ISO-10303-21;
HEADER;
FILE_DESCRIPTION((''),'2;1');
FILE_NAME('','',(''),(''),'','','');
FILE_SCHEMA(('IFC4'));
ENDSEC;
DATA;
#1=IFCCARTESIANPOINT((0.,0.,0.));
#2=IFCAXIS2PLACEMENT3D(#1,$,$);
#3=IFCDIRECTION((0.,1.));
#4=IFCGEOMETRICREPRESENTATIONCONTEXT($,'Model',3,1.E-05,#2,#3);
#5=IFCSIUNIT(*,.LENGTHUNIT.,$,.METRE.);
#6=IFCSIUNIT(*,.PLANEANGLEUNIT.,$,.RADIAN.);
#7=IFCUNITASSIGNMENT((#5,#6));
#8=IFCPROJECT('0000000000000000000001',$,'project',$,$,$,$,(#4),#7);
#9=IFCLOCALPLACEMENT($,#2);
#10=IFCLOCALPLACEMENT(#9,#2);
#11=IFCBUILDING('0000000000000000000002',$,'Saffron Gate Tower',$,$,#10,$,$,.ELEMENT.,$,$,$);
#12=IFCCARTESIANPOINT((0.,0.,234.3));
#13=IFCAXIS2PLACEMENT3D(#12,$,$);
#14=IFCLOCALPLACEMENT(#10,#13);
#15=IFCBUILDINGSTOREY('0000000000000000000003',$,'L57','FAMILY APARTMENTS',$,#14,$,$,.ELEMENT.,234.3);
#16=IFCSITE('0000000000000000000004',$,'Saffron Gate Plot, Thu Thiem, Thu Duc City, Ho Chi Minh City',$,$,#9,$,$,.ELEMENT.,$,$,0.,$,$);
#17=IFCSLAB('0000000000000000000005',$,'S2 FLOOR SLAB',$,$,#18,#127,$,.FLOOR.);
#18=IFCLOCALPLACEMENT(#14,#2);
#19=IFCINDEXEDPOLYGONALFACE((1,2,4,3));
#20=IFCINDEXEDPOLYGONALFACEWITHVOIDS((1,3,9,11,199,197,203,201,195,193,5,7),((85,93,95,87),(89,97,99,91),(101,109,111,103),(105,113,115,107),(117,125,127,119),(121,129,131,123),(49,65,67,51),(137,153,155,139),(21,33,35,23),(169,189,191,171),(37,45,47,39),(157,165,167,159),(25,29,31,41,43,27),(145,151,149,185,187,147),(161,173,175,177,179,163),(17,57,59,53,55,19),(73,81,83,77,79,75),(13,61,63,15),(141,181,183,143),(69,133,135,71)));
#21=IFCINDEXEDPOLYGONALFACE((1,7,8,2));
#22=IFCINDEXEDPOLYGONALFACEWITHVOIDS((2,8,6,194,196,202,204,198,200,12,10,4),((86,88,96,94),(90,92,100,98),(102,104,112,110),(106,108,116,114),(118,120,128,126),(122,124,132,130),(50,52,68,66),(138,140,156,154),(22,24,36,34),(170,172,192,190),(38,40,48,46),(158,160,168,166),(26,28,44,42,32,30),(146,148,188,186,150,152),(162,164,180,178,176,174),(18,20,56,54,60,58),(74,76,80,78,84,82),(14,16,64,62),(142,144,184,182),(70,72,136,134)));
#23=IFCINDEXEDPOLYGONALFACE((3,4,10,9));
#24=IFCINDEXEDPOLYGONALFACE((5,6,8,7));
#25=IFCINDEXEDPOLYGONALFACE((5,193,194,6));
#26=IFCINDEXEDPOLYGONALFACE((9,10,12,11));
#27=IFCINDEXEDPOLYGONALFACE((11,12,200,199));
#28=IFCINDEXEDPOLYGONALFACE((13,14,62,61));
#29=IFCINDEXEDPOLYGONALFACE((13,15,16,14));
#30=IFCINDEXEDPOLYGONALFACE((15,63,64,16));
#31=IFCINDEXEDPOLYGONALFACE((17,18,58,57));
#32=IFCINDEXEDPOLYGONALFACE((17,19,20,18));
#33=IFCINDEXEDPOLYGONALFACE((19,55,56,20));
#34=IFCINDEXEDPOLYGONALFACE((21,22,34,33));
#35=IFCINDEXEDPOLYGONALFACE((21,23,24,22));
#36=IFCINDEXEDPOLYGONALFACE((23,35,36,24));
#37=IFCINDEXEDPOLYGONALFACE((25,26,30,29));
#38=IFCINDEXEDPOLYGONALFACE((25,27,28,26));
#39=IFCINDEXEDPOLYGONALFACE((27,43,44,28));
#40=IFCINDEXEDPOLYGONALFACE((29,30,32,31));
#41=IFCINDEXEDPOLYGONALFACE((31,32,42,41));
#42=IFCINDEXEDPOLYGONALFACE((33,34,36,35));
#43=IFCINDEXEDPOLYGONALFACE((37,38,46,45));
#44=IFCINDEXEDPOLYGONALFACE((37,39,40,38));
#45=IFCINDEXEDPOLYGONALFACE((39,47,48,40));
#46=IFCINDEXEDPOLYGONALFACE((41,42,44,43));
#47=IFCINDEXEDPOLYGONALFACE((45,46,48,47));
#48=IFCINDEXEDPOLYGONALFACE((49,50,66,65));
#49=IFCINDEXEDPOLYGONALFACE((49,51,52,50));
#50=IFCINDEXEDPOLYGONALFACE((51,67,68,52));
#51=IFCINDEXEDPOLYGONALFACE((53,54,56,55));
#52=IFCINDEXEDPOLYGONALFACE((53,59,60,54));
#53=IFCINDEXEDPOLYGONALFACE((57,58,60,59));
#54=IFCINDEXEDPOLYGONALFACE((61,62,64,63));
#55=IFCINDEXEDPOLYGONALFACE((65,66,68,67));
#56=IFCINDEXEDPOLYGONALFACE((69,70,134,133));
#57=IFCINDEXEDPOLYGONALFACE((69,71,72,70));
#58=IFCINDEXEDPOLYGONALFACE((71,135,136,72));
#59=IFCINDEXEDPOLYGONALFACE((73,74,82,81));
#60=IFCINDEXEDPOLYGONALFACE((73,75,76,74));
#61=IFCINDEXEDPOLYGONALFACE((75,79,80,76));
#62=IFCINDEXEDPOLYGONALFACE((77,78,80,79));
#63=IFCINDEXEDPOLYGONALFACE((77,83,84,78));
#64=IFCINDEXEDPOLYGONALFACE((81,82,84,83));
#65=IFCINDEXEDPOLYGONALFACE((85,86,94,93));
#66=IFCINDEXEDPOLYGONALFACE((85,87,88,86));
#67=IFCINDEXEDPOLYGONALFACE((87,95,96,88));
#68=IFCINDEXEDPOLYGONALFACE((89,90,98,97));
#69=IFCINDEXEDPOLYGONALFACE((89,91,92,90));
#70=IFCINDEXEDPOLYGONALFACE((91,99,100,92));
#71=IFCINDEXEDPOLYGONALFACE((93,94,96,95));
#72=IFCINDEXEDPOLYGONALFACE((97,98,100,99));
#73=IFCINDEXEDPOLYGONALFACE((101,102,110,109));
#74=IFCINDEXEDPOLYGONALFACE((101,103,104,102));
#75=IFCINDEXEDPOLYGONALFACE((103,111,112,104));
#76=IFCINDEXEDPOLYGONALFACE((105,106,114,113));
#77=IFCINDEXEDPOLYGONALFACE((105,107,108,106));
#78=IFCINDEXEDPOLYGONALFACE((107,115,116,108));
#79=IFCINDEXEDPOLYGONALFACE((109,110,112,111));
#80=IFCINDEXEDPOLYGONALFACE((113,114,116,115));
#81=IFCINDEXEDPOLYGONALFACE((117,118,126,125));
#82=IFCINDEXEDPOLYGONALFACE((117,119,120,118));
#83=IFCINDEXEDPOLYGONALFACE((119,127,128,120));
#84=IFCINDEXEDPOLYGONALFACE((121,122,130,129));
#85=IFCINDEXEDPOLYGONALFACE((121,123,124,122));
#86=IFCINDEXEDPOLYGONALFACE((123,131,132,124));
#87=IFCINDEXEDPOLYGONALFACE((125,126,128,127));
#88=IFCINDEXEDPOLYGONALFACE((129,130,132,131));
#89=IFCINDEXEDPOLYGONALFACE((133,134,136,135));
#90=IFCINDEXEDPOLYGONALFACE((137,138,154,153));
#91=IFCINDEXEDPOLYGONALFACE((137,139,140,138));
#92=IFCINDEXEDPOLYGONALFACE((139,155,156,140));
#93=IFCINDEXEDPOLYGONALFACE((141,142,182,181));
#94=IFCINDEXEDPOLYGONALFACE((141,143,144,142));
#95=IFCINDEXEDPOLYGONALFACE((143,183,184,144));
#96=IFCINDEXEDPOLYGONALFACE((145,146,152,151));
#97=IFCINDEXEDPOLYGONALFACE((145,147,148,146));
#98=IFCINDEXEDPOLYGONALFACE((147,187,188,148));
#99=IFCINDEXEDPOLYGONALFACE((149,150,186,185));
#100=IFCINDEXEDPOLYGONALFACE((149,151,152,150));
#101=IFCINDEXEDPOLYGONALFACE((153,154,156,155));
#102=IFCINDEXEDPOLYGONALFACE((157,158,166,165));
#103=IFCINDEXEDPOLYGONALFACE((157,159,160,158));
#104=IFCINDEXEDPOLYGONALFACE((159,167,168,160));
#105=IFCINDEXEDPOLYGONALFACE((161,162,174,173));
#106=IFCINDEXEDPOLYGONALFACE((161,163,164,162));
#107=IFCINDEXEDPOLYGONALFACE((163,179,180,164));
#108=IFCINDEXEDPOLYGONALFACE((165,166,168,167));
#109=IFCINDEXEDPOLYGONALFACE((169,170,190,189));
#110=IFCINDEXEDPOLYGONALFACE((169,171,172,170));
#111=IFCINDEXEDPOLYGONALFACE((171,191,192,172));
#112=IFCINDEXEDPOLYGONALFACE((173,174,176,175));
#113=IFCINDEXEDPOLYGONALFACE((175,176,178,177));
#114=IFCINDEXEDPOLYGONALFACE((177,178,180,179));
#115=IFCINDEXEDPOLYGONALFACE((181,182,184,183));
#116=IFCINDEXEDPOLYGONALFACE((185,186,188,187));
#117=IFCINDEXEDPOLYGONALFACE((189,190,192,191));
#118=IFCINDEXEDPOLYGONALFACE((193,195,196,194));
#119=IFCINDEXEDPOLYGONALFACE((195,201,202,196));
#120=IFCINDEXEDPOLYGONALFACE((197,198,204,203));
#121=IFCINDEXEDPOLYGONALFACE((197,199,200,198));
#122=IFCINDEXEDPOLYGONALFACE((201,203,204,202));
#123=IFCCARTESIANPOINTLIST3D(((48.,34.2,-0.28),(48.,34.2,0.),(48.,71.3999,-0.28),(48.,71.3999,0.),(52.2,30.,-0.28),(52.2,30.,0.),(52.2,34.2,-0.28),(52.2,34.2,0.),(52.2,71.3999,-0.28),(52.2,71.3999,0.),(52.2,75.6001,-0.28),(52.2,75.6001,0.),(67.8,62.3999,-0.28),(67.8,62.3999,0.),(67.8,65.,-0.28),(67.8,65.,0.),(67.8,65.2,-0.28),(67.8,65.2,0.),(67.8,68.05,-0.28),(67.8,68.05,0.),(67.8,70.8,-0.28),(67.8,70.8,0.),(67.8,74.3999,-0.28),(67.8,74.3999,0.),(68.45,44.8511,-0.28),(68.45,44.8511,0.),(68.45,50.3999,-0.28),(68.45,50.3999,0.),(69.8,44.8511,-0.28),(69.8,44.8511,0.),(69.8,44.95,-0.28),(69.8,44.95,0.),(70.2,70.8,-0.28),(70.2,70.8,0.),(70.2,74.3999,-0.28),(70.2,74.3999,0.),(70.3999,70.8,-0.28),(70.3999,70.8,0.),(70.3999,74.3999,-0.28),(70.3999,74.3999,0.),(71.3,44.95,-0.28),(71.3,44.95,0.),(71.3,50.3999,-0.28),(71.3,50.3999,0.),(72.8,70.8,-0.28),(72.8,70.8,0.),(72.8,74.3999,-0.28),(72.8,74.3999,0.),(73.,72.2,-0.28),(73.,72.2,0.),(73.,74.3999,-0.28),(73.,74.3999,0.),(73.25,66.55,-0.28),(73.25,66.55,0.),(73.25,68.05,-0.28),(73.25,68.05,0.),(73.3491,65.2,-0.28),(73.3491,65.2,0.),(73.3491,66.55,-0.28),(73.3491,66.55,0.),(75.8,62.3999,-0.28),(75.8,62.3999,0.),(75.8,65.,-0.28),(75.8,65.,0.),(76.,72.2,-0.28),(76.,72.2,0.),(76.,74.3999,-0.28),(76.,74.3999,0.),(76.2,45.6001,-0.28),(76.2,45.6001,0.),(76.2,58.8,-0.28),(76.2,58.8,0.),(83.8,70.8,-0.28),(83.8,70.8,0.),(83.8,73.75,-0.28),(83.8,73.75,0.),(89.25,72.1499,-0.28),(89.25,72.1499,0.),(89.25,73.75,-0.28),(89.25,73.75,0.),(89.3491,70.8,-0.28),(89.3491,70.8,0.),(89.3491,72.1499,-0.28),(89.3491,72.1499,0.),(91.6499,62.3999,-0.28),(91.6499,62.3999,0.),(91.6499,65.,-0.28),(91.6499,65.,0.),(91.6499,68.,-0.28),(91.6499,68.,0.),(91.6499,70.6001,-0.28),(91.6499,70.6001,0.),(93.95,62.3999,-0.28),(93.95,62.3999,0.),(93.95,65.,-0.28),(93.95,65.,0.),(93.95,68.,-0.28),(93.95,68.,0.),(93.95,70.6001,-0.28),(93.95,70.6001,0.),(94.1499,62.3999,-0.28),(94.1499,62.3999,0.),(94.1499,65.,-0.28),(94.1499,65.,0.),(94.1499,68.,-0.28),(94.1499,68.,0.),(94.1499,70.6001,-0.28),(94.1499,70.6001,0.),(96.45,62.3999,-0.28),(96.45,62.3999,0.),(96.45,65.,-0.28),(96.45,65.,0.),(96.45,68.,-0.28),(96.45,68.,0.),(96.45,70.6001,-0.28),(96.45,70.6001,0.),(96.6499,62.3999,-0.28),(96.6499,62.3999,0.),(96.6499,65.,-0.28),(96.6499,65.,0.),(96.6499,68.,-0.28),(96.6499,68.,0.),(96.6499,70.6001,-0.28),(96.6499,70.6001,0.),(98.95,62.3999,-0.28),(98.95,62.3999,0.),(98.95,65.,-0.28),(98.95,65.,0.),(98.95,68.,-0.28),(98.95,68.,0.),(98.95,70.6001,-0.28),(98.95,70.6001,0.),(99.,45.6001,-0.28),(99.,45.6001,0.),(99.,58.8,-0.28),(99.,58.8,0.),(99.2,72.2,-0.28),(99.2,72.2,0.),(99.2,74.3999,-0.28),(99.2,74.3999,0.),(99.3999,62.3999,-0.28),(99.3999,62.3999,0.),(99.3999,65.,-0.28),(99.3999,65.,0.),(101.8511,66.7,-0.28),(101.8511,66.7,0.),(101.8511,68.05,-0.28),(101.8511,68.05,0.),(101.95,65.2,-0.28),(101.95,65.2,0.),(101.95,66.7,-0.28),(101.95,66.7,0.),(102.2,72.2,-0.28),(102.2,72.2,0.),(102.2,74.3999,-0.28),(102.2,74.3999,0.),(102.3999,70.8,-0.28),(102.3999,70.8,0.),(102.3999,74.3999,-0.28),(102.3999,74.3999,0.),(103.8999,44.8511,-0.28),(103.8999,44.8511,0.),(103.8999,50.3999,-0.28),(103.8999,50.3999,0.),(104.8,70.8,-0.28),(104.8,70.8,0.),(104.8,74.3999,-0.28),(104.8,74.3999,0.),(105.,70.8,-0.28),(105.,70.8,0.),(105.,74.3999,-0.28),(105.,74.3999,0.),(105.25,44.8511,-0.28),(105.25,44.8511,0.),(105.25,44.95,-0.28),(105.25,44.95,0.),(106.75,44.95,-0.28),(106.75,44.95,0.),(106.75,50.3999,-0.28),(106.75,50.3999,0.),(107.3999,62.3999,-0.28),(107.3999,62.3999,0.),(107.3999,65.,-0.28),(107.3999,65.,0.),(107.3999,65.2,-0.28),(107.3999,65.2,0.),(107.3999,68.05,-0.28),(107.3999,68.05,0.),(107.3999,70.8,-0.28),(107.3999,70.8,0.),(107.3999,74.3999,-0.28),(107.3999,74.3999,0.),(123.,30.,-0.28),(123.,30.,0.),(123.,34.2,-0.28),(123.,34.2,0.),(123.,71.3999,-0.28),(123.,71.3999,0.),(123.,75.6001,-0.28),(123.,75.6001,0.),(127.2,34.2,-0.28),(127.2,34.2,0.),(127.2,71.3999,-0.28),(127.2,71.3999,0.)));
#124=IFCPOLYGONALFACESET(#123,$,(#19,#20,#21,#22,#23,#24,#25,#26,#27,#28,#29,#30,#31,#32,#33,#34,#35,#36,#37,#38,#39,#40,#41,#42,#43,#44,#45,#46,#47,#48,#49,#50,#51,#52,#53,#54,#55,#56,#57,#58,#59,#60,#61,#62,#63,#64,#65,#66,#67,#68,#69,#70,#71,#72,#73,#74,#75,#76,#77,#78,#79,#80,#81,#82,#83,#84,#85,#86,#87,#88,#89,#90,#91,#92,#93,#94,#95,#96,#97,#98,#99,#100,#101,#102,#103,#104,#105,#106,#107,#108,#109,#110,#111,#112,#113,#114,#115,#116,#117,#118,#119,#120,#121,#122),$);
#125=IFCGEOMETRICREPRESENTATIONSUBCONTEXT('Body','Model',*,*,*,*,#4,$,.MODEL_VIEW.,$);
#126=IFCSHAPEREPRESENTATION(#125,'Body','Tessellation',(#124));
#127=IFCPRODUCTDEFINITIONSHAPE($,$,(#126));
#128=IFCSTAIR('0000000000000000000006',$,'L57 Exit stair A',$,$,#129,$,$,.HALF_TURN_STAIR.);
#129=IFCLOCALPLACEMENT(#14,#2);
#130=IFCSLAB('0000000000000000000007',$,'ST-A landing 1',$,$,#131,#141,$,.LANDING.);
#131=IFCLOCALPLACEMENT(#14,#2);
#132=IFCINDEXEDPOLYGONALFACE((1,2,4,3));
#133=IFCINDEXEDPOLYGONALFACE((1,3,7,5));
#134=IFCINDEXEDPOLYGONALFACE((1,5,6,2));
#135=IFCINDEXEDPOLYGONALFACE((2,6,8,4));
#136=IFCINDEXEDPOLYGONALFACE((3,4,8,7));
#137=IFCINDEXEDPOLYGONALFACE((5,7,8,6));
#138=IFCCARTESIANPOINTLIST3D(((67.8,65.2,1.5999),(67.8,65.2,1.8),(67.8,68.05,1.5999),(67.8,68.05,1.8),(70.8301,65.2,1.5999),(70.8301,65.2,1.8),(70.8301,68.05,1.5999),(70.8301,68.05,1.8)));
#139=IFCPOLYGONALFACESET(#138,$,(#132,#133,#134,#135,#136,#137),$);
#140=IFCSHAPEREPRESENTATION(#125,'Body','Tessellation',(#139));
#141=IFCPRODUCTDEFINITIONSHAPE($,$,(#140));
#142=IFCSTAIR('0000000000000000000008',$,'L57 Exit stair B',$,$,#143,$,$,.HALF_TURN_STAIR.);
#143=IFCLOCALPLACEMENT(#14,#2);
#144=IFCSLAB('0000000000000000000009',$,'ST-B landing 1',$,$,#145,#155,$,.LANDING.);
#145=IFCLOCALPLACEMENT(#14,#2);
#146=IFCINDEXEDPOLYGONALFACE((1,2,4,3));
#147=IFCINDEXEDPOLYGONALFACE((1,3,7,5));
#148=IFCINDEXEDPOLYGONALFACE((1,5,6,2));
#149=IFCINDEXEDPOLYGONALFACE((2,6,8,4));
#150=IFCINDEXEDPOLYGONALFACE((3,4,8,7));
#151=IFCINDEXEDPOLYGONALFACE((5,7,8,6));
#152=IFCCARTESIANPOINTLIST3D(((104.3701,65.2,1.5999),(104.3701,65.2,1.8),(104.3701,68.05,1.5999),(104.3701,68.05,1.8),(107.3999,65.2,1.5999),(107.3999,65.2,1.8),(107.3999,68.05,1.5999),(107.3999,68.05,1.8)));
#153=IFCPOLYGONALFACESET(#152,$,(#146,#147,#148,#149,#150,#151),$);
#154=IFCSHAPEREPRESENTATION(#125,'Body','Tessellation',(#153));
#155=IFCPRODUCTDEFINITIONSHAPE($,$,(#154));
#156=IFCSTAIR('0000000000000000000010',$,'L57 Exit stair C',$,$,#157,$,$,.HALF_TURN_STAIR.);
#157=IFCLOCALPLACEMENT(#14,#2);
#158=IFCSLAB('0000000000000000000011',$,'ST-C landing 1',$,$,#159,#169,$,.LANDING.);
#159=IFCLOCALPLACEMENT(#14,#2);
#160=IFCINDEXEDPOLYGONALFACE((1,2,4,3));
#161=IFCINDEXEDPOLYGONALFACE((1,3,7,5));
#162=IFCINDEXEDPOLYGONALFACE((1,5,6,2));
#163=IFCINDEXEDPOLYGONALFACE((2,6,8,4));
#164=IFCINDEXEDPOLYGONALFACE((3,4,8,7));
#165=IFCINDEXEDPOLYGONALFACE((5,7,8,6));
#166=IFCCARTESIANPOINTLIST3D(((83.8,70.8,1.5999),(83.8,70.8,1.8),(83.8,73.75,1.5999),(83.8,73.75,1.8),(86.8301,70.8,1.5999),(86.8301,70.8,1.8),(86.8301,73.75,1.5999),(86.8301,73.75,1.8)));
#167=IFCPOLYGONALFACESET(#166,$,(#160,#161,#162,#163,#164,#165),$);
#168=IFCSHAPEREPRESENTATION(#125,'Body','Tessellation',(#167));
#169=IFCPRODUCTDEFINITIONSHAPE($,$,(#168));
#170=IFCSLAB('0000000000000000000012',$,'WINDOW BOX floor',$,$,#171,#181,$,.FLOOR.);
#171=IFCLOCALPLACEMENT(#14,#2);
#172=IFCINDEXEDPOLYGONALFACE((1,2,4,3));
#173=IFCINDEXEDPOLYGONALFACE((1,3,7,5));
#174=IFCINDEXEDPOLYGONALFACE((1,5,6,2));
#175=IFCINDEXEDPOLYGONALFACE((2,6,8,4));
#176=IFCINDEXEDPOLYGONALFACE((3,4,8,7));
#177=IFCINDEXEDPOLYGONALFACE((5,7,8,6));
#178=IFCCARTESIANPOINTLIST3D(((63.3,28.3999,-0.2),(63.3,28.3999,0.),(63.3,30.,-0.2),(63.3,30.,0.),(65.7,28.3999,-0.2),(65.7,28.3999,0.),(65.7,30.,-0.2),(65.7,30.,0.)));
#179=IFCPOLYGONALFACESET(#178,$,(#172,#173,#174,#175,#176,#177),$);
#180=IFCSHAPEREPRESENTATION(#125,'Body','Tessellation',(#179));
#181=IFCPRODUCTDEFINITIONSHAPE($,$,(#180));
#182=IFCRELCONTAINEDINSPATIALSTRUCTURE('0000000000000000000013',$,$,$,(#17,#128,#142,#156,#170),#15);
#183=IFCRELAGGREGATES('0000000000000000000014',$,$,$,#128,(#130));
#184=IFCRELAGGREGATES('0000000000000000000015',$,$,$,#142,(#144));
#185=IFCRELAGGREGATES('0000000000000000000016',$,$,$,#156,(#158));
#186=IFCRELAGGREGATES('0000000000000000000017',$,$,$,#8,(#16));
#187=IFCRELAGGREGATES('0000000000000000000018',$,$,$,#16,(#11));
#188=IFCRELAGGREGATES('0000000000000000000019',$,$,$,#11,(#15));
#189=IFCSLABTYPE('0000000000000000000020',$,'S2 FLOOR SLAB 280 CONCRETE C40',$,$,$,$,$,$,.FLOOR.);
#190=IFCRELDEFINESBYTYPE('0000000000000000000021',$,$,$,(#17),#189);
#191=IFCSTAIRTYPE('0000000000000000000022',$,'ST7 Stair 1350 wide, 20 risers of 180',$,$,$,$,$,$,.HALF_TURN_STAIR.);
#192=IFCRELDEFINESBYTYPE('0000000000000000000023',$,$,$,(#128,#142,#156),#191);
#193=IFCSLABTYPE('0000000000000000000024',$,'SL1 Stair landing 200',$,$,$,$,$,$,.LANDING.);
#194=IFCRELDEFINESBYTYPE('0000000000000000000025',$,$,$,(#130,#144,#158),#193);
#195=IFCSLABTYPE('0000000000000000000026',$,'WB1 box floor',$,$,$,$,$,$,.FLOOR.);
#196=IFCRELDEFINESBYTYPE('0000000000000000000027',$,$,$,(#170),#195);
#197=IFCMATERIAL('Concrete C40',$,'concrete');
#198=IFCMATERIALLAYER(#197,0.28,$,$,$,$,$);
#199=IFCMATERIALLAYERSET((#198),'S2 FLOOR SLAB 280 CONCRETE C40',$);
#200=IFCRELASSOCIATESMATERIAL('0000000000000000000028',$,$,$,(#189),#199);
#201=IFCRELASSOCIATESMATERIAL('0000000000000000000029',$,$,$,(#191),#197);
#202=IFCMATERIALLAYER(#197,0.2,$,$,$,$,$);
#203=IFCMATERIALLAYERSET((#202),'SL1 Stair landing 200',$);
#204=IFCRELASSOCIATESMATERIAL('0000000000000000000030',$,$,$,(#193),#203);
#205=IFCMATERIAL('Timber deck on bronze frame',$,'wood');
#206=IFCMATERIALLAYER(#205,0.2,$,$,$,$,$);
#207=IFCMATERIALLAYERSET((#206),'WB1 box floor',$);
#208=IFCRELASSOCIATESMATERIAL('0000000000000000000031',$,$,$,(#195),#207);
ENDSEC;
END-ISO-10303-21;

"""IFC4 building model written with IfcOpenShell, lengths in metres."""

from ifc_helpers import new_model, si_unit, direction, frame, origin, place, context, subcontext, project, spatial, polyline, outline, extrude, material, layer, layer_set, type_object, element, aggregate, save


model = new_model("IFC4")

# Units and contexts
model_context = context("Model", 3, precision=1e-05, world=origin(), true_north=direction((0.0, 1.0)))
body_context = subcontext(model_context, "Body", "Model", "MODEL_VIEW")
ifc_project = project(units=[si_unit("LENGTHUNIT", "METRE"), si_unit("PLANEANGLEUNIT", "RADIAN")], contexts=[model_context])

# Site, building, storey
site_placement = place(None, origin())
site = spatial("IfcSite", under=ifc_project, at=site_placement, Name="Saffron Gate Plot, Thu Thiem, Thu Duc City, Ho Chi Minh City", CompositionType="ELEMENT", RefElevation=0.0)
building_placement = place(site_placement, origin())
building = spatial("IfcBuilding", under=site, at=building_placement, Name="Saffron Gate Tower", CompositionType="ELEMENT")
storey_placement = place(building_placement, frame((0.0, 0.0, 234.3)))
storey = spatial("IfcBuildingStorey", under=building, at=storey_placement, Name="L57", Description="FAMILY APARTMENTS", CompositionType="ELEMENT", Elevation=234.3)

# Slab
ifc_material_1 = material(Name="Concrete C40", Category="concrete")
ifc_layer_1 = layer(ifc_material_1, 0.28)
ifc_layer_set_1 = layer_set([ifc_layer_1], Name="S2 FLOOR SLAB 280 CONCRETE C40")
slab_type_1 = type_object("IfcSlabType", Name="S2 FLOOR SLAB 280 CONCRETE C40", PredefinedType="FLOOR", material=ifc_layer_set_1)
slab_1_placement = place(storey_placement, frame((0.0, 0.0, -0.28)))
element("IfcSlab", 1, at=slab_1_placement, inside=storey, type_object=slab_type_1, Name="S2 FLOOR SLAB", PredefinedType="FLOOR", context=body_context, shape_type="SweptSolid", body=[
    extrude(outline(polyline([(48.0, 34.2), (52.2, 34.2), (52.2, 30.0), (123.0, 30.0), (123.0, 34.2), (127.2, 34.2), (127.2, 71.3999), (123.0, 71.3999), (123.0, 75.6001), (52.2, 75.6001), (52.2, 71.3999), (48.0, 71.3999), (48.0, 34.2)]), holes=[polyline([(67.8, 62.3999), (67.8, 65.0), (75.8, 65.0), (75.8, 62.3999), (67.8, 62.3999)]), polyline([(67.8, 65.2), (67.8, 68.05), (73.25, 68.05), (73.25, 66.55), (73.3491, 66.55), (73.3491, 65.2), (67.8, 65.2)]), polyline([(67.8, 70.8), (67.8, 74.3999), (70.2, 74.3999), (70.2, 70.8), (67.8, 70.8)]), polyline([(68.45, 44.8511), (68.45, 50.3999), (71.3, 50.3999), (71.3, 44.95), (69.8, 44.95), (69.8, 44.8511), (68.45, 44.8511)]), polyline([(70.3999, 70.8), (70.3999, 74.3999), (72.8, 74.3999), (72.8, 70.8), (70.3999, 70.8)]), polyline([(73.0, 72.2), (73.0, 74.3999), (76.0, 74.3999), (76.0, 72.2), (73.0, 72.2)]), polyline([(76.2, 45.6001), (76.2, 58.8), (99.0, 58.8), (99.0, 45.6001), (76.2, 45.6001)]), polyline([(83.8, 70.8), (83.8, 73.75), (89.25, 73.75), (89.25, 72.1499), (89.3491, 72.1499), (89.3491, 70.8), (83.8, 70.8)]), polyline([(91.6499, 62.3999), (91.6499, 65.0), (93.95, 65.0), (93.95, 62.3999), (91.6499, 62.3999)]), polyline([(91.6499, 68.0), (91.6499, 70.6001), (93.95, 70.6001), (93.95, 68.0), (91.6499, 68.0)]), polyline([(94.1499, 62.3999), (94.1499, 65.0), (96.45, 65.0), (96.45, 62.3999), (94.1499, 62.3999)]), polyline([(94.1499, 68.0), (94.1499, 70.6001), (96.45, 70.6001), (96.45, 68.0), (94.1499, 68.0)]), polyline([(96.6499, 62.3999), (96.6499, 65.0), (98.95, 65.0), (98.95, 62.3999), (96.6499, 62.3999)]), polyline([(96.6499, 68.0), (96.6499, 70.6001), (98.95, 70.6001), (98.95, 68.0), (96.6499, 68.0)]), polyline([(99.2, 72.2), (99.2, 74.3999), (102.2, 74.3999), (102.2, 72.2), (99.2, 72.2)]), polyline([(99.3999, 62.3999), (99.3999, 65.0), (107.3999, 65.0), (107.3999, 62.3999), (99.3999, 62.3999)]), polyline([(101.8511, 66.7), (101.8511, 68.05), (107.3999, 68.05), (107.3999, 65.2), (101.95, 65.2), (101.95, 66.7), (101.8511, 66.7)]), polyline([(102.3999, 70.8), (102.3999, 74.3999), (104.8, 74.3999), (104.8, 70.8), (102.3999, 70.8)]), polyline([(103.8999, 44.8511), (103.8999, 50.3999), (106.75, 50.3999), (106.75, 44.95), (105.25, 44.95), (105.25, 44.8511), (103.8999, 44.8511)]), polyline([(105.0, 70.8), (105.0, 74.3999), (107.3999, 74.3999), (107.3999, 70.8), (105.0, 70.8)])]), origin(), (0.0, 0.0, 1.0), 0.28),
])

# Stairs, slabs
stair_type = type_object("IfcStairType", Name="ST7 Stair 1350 wide, 20 risers of 180", PredefinedType="HALF_TURN_STAIR", material=ifc_material_1)
stair_1_placement = place(storey_placement, origin())
stair_1 = element("IfcStair", 2, at=stair_1_placement, inside=storey, type_object=stair_type, Name="L57 Exit stair A", PredefinedType="HALF_TURN_STAIR")
ifc_layer_2 = layer(ifc_material_1, 0.2)
ifc_layer_set_2 = layer_set([ifc_layer_2], Name="SL1 Stair landing 200")
slab_type_2 = type_object("IfcSlabType", Name="SL1 Stair landing 200", PredefinedType="LANDING", material=ifc_layer_set_2)
slab_2_placement = place(storey_placement, frame((0.0, 0.0, 1.5999)))
slab_2 = element("IfcSlab", 3, at=slab_2_placement, type_object=slab_type_2, Name="ST-A landing 1", PredefinedType="LANDING", context=body_context, shape_type="SweptSolid", body=[
    extrude(outline(polyline([(70.8301, 68.05), (67.8, 68.05), (67.8, 65.2), (70.8301, 65.2), (70.8301, 68.05)])), origin(), (0.0, 0.0, 1.0), 0.2002),
])
aggregate(stair_1, [slab_2])
stair_2_placement = place(storey_placement, origin())
stair_2 = element("IfcStair", 4, at=stair_2_placement, inside=storey, type_object=stair_type, Name="L57 Exit stair B", PredefinedType="HALF_TURN_STAIR")
slab_3_placement = place(storey_placement, frame((0.0, 0.0, 1.5999)))
slab_3 = element("IfcSlab", 5, at=slab_3_placement, type_object=slab_type_2, Name="ST-B landing 1", PredefinedType="LANDING", context=body_context, shape_type="SweptSolid", body=[
    extrude(outline(polyline([(104.3701, 65.2), (107.3999, 65.2), (107.3999, 68.05), (104.3701, 68.05), (104.3701, 65.2)])), origin(), (0.0, 0.0, 1.0), 0.2002),
])
aggregate(stair_2, [slab_3])
stair_3_placement = place(storey_placement, origin())
stair_3 = element("IfcStair", 6, at=stair_3_placement, inside=storey, type_object=stair_type, Name="L57 Exit stair C", PredefinedType="HALF_TURN_STAIR")
slab_4_placement = place(storey_placement, frame((0.0, 0.0, 1.5999)))
slab_4 = element("IfcSlab", 7, at=slab_4_placement, type_object=slab_type_2, Name="ST-C landing 1", PredefinedType="LANDING", context=body_context, shape_type="SweptSolid", body=[
    extrude(outline(polyline([(86.8301, 73.75), (83.8, 73.75), (83.8, 70.8), (86.8301, 70.8), (86.8301, 73.75)])), origin(), (0.0, 0.0, 1.0), 0.2002),
])
aggregate(stair_3, [slab_4])

# Slab
ifc_material_2 = material(Name="Timber deck on bronze frame", Category="wood")
ifc_layer_3 = layer(ifc_material_2, 0.2)
ifc_layer_set_3 = layer_set([ifc_layer_3], Name="WB1 box floor")
slab_type_3 = type_object("IfcSlabType", Name="WB1 box floor", PredefinedType="FLOOR", material=ifc_layer_set_3)
slab_5_placement = place(storey_placement, frame((0.0, 0.0, -0.2)))
element("IfcSlab", 8, at=slab_5_placement, inside=storey, type_object=slab_type_3, Name="WINDOW BOX floor", PredefinedType="FLOOR", context=body_context, shape_type="SweptSolid", body=[
    extrude(outline(polyline([(63.3, 30.0), (65.7, 30.0), (65.7, 28.3999), (63.3, 28.3999), (63.3, 30.0)])), origin(), (0.0, 0.0, 1.0), 0.2),
])

save(model, "model.ifc")
